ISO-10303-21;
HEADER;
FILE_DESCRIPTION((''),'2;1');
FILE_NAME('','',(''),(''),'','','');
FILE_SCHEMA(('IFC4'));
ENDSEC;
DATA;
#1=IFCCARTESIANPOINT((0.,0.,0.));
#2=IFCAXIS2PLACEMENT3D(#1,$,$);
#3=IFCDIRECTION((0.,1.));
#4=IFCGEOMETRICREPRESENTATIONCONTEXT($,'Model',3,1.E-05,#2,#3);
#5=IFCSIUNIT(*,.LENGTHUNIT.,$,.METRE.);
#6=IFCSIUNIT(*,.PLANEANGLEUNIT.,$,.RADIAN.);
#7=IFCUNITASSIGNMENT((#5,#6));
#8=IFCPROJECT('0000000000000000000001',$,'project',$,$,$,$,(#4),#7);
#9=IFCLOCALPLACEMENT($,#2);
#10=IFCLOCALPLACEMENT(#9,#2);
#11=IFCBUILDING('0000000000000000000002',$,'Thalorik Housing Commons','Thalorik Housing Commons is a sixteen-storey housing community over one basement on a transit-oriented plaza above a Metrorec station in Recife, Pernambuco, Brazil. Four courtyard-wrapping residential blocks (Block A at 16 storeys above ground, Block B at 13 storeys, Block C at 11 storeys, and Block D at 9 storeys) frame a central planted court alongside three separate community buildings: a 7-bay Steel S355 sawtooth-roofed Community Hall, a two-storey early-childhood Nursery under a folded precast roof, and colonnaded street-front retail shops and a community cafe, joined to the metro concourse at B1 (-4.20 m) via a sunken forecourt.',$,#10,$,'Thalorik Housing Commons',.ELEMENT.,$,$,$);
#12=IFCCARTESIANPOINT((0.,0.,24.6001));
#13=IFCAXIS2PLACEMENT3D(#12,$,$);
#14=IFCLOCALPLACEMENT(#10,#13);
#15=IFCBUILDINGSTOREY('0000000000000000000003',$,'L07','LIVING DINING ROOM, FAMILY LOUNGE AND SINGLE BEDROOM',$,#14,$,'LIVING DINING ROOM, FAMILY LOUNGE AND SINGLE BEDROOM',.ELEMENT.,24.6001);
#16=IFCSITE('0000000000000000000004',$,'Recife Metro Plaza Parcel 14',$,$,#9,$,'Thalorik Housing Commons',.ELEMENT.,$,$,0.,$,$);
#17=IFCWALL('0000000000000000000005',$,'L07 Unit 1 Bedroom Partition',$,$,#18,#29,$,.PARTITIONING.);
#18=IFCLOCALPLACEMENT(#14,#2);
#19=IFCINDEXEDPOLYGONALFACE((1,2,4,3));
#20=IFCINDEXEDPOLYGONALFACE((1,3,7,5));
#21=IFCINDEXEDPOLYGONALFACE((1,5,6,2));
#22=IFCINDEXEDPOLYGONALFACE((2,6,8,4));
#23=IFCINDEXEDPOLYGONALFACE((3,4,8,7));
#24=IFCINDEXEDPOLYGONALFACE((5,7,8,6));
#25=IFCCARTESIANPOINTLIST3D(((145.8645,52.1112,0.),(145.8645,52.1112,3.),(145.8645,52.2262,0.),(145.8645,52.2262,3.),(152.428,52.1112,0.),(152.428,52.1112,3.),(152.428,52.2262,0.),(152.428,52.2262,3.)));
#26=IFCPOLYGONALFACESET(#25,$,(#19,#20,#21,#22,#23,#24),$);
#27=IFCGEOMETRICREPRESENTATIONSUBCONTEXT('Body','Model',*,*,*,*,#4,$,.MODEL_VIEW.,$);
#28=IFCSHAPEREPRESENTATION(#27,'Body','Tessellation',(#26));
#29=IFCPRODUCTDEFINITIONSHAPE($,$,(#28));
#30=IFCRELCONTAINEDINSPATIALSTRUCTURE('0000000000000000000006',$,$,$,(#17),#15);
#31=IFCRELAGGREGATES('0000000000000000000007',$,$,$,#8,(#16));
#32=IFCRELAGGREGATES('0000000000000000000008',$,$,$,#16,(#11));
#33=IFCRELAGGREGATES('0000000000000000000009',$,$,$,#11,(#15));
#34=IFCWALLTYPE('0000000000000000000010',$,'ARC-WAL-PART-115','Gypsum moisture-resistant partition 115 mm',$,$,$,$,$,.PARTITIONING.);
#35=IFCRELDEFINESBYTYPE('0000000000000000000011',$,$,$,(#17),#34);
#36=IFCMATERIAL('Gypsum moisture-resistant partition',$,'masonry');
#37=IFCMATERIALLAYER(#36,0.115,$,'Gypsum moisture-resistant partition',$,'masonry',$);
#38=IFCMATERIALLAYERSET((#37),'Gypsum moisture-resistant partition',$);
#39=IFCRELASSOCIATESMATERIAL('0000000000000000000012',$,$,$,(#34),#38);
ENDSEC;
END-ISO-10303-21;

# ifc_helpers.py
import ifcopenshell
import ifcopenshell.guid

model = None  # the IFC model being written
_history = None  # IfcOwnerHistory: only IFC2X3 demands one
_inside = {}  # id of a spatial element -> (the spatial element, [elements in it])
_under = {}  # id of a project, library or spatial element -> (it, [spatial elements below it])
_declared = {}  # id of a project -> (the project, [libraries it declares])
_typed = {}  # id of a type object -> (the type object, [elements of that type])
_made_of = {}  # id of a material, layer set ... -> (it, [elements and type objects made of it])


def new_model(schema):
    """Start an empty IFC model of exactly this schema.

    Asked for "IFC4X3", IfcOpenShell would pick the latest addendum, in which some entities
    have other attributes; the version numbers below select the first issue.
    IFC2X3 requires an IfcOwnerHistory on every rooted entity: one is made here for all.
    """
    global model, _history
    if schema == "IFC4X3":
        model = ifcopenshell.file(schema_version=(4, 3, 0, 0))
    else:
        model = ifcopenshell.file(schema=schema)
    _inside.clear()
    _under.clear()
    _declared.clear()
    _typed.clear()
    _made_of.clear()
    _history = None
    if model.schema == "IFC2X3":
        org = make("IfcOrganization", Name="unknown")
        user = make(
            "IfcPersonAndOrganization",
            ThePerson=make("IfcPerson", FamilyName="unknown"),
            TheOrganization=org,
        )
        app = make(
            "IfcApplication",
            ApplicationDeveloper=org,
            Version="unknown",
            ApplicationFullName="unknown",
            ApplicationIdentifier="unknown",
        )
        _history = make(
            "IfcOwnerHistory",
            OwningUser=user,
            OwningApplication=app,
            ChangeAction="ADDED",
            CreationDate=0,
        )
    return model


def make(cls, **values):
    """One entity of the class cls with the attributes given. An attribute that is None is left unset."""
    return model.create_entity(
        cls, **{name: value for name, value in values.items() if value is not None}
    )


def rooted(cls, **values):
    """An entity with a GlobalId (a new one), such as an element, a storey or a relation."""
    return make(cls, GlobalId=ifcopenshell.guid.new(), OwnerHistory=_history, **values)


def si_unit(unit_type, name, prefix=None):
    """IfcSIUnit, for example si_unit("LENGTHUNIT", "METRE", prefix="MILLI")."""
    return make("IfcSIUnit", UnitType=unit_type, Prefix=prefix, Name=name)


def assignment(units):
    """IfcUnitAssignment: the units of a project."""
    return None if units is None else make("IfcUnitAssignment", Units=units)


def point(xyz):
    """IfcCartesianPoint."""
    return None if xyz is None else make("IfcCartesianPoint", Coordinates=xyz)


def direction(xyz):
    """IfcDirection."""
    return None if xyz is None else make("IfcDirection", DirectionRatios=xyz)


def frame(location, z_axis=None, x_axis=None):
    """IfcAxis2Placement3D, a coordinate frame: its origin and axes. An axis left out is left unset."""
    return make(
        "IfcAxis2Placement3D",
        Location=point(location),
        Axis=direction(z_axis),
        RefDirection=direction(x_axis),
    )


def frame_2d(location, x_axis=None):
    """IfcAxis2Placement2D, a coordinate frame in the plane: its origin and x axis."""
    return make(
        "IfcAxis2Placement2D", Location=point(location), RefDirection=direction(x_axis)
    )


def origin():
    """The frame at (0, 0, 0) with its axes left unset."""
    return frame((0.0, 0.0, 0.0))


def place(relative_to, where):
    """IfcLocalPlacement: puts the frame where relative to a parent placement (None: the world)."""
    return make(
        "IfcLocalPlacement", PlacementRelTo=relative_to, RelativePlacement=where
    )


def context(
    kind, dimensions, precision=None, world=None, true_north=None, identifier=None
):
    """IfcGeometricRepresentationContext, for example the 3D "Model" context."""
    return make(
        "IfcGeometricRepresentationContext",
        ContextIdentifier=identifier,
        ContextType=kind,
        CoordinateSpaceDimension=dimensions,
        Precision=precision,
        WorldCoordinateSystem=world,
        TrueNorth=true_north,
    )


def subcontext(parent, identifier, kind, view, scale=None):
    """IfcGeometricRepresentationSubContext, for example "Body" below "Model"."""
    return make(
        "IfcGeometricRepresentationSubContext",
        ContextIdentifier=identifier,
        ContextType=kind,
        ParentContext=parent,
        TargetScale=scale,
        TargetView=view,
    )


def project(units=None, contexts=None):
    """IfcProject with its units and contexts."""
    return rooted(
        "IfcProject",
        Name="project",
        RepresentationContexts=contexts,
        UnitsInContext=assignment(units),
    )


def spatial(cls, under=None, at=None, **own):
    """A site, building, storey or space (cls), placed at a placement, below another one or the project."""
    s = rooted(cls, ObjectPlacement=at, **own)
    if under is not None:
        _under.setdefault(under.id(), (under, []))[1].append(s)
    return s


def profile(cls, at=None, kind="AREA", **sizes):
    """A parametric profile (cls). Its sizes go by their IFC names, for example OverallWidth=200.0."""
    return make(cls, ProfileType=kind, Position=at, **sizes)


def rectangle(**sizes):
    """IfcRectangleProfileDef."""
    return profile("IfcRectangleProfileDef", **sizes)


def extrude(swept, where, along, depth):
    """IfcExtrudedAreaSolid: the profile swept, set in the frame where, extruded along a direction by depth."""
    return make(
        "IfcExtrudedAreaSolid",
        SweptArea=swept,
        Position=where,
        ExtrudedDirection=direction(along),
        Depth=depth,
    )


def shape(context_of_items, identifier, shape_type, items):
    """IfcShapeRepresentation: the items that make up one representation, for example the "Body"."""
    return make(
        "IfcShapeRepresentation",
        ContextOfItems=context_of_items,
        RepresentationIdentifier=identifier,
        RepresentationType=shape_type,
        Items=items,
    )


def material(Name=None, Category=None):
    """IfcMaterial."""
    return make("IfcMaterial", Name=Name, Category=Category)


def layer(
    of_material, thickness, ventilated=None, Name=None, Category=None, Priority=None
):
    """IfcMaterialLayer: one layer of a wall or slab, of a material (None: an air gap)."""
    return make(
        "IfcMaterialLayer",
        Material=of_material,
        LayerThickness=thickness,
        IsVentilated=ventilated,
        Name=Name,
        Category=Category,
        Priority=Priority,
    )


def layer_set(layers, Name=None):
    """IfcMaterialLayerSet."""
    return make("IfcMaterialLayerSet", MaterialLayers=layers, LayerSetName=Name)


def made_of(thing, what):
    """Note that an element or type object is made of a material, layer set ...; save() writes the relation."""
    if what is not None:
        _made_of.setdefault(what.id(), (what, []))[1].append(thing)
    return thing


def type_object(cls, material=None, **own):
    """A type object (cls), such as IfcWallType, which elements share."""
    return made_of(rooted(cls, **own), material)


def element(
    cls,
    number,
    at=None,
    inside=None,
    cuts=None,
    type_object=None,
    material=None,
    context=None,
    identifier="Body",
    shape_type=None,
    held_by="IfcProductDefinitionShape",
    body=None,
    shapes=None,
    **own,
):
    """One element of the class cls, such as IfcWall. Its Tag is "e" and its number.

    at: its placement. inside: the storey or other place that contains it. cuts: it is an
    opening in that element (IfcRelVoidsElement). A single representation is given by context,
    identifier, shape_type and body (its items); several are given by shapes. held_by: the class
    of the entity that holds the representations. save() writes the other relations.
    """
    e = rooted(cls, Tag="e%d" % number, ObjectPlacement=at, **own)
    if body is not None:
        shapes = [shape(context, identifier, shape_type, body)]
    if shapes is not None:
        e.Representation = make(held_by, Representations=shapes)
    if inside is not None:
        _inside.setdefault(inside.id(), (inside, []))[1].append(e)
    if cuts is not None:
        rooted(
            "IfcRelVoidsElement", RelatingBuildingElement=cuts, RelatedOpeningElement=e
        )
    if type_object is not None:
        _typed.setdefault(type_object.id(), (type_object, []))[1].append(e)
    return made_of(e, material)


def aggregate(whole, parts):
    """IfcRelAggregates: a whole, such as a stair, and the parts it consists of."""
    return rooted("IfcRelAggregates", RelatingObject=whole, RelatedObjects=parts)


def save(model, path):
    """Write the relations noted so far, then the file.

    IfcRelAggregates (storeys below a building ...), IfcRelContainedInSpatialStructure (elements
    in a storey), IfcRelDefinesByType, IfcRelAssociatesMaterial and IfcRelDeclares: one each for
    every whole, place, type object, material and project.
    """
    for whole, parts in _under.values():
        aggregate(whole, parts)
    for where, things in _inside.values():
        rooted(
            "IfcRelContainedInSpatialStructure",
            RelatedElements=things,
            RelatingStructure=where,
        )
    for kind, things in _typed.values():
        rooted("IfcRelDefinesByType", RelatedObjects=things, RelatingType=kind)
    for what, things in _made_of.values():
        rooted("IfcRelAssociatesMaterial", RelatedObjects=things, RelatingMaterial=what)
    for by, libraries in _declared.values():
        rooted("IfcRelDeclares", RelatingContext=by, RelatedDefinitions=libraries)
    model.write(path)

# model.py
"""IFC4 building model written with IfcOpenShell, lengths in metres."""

from ifc_helpers import new_model, si_unit, direction, frame, frame_2d, origin, place, context, subcontext, project, spatial, rectangle, extrude, material, layer, layer_set, type_object, element, save


model = new_model("IFC4")

# Units and contexts
model_context = context("Model", 3, precision=1e-05, world=origin(), true_north=direction((0.0, 1.0)))
body_context = subcontext(model_context, "Body", "Model", "MODEL_VIEW")
ifc_project = project(units=[si_unit("LENGTHUNIT", "METRE"), si_unit("PLANEANGLEUNIT", "RADIAN")], contexts=[model_context])

# Site, building, storey
site_placement = place(None, origin())
site = spatial("IfcSite", under=ifc_project, at=site_placement, Name="Recife Metro Plaza Parcel 14", LongName="Thalorik Housing Commons", CompositionType="ELEMENT", RefElevation=0.0)
building_placement = place(site_placement, origin())
building = spatial("IfcBuilding", under=site, at=building_placement, Name="Thalorik Housing Commons", Description="Thalorik Housing Commons is a sixteen-storey housing community over one basement on a transit-oriented plaza above a Metrorec station in Recife, Pernambuco, Brazil. Four courtyard-wrapping residential blocks (Block A at 16 storeys above ground, Block B at 13 storeys, Block C at 11 storeys, and Block D at 9 storeys) frame a central planted court alongside three separate community buildings: a 7-bay Steel S355 sawtooth-roofed Community Hall, a two-storey early-childhood Nursery under a folded precast roof, and colonnaded street-front retail shops and a community cafe, joined to the metro concourse at B1 (-4.20 m) via a sunken forecourt.", LongName="Thalorik Housing Commons", CompositionType="ELEMENT")
storey_placement = place(building_placement, frame((0.0, 0.0, 24.6001)))
storey = spatial("IfcBuildingStorey", under=building, at=storey_placement, Name="L07", Description="LIVING DINING ROOM, FAMILY LOUNGE AND SINGLE BEDROOM", LongName="LIVING DINING ROOM, FAMILY LOUNGE AND SINGLE BEDROOM", CompositionType="ELEMENT", Elevation=24.6001)

# Wall
ifc_material_1 = material(Name="Gypsum moisture-resistant partition", Category="masonry")
ifc_layer_1 = layer(ifc_material_1, 0.115, Name="Gypsum moisture-resistant partition", Category="masonry")
ifc_layer_set_1 = layer_set([ifc_layer_1], Name="Gypsum moisture-resistant partition")
wall_type_1 = type_object("IfcWallType", Name="ARC-WAL-PART-115", Description="Gypsum moisture-resistant partition 115 mm", PredefinedType="PARTITIONING", material=ifc_layer_set_1)
wall_1_placement = place(storey_placement, frame((145.8645, 52.1687, 0.0), z_axis=(0.0, 0.0, 1.0), x_axis=(1.0, 0.0, 0.0)))
element("IfcWall", 1, at=wall_1_placement, inside=storey, type_object=wall_type_1, Name="L07 Unit 1 Bedroom Partition", PredefinedType="PARTITIONING", context=body_context, shape_type="SweptSolid", body=[
    extrude(rectangle(XDim=6.5635, YDim=0.115, at=frame_2d((3.2817, 0.0))), origin(), (0.0, 0.0, 1.0), 3.0),
])

save(model, "model.ifc")
